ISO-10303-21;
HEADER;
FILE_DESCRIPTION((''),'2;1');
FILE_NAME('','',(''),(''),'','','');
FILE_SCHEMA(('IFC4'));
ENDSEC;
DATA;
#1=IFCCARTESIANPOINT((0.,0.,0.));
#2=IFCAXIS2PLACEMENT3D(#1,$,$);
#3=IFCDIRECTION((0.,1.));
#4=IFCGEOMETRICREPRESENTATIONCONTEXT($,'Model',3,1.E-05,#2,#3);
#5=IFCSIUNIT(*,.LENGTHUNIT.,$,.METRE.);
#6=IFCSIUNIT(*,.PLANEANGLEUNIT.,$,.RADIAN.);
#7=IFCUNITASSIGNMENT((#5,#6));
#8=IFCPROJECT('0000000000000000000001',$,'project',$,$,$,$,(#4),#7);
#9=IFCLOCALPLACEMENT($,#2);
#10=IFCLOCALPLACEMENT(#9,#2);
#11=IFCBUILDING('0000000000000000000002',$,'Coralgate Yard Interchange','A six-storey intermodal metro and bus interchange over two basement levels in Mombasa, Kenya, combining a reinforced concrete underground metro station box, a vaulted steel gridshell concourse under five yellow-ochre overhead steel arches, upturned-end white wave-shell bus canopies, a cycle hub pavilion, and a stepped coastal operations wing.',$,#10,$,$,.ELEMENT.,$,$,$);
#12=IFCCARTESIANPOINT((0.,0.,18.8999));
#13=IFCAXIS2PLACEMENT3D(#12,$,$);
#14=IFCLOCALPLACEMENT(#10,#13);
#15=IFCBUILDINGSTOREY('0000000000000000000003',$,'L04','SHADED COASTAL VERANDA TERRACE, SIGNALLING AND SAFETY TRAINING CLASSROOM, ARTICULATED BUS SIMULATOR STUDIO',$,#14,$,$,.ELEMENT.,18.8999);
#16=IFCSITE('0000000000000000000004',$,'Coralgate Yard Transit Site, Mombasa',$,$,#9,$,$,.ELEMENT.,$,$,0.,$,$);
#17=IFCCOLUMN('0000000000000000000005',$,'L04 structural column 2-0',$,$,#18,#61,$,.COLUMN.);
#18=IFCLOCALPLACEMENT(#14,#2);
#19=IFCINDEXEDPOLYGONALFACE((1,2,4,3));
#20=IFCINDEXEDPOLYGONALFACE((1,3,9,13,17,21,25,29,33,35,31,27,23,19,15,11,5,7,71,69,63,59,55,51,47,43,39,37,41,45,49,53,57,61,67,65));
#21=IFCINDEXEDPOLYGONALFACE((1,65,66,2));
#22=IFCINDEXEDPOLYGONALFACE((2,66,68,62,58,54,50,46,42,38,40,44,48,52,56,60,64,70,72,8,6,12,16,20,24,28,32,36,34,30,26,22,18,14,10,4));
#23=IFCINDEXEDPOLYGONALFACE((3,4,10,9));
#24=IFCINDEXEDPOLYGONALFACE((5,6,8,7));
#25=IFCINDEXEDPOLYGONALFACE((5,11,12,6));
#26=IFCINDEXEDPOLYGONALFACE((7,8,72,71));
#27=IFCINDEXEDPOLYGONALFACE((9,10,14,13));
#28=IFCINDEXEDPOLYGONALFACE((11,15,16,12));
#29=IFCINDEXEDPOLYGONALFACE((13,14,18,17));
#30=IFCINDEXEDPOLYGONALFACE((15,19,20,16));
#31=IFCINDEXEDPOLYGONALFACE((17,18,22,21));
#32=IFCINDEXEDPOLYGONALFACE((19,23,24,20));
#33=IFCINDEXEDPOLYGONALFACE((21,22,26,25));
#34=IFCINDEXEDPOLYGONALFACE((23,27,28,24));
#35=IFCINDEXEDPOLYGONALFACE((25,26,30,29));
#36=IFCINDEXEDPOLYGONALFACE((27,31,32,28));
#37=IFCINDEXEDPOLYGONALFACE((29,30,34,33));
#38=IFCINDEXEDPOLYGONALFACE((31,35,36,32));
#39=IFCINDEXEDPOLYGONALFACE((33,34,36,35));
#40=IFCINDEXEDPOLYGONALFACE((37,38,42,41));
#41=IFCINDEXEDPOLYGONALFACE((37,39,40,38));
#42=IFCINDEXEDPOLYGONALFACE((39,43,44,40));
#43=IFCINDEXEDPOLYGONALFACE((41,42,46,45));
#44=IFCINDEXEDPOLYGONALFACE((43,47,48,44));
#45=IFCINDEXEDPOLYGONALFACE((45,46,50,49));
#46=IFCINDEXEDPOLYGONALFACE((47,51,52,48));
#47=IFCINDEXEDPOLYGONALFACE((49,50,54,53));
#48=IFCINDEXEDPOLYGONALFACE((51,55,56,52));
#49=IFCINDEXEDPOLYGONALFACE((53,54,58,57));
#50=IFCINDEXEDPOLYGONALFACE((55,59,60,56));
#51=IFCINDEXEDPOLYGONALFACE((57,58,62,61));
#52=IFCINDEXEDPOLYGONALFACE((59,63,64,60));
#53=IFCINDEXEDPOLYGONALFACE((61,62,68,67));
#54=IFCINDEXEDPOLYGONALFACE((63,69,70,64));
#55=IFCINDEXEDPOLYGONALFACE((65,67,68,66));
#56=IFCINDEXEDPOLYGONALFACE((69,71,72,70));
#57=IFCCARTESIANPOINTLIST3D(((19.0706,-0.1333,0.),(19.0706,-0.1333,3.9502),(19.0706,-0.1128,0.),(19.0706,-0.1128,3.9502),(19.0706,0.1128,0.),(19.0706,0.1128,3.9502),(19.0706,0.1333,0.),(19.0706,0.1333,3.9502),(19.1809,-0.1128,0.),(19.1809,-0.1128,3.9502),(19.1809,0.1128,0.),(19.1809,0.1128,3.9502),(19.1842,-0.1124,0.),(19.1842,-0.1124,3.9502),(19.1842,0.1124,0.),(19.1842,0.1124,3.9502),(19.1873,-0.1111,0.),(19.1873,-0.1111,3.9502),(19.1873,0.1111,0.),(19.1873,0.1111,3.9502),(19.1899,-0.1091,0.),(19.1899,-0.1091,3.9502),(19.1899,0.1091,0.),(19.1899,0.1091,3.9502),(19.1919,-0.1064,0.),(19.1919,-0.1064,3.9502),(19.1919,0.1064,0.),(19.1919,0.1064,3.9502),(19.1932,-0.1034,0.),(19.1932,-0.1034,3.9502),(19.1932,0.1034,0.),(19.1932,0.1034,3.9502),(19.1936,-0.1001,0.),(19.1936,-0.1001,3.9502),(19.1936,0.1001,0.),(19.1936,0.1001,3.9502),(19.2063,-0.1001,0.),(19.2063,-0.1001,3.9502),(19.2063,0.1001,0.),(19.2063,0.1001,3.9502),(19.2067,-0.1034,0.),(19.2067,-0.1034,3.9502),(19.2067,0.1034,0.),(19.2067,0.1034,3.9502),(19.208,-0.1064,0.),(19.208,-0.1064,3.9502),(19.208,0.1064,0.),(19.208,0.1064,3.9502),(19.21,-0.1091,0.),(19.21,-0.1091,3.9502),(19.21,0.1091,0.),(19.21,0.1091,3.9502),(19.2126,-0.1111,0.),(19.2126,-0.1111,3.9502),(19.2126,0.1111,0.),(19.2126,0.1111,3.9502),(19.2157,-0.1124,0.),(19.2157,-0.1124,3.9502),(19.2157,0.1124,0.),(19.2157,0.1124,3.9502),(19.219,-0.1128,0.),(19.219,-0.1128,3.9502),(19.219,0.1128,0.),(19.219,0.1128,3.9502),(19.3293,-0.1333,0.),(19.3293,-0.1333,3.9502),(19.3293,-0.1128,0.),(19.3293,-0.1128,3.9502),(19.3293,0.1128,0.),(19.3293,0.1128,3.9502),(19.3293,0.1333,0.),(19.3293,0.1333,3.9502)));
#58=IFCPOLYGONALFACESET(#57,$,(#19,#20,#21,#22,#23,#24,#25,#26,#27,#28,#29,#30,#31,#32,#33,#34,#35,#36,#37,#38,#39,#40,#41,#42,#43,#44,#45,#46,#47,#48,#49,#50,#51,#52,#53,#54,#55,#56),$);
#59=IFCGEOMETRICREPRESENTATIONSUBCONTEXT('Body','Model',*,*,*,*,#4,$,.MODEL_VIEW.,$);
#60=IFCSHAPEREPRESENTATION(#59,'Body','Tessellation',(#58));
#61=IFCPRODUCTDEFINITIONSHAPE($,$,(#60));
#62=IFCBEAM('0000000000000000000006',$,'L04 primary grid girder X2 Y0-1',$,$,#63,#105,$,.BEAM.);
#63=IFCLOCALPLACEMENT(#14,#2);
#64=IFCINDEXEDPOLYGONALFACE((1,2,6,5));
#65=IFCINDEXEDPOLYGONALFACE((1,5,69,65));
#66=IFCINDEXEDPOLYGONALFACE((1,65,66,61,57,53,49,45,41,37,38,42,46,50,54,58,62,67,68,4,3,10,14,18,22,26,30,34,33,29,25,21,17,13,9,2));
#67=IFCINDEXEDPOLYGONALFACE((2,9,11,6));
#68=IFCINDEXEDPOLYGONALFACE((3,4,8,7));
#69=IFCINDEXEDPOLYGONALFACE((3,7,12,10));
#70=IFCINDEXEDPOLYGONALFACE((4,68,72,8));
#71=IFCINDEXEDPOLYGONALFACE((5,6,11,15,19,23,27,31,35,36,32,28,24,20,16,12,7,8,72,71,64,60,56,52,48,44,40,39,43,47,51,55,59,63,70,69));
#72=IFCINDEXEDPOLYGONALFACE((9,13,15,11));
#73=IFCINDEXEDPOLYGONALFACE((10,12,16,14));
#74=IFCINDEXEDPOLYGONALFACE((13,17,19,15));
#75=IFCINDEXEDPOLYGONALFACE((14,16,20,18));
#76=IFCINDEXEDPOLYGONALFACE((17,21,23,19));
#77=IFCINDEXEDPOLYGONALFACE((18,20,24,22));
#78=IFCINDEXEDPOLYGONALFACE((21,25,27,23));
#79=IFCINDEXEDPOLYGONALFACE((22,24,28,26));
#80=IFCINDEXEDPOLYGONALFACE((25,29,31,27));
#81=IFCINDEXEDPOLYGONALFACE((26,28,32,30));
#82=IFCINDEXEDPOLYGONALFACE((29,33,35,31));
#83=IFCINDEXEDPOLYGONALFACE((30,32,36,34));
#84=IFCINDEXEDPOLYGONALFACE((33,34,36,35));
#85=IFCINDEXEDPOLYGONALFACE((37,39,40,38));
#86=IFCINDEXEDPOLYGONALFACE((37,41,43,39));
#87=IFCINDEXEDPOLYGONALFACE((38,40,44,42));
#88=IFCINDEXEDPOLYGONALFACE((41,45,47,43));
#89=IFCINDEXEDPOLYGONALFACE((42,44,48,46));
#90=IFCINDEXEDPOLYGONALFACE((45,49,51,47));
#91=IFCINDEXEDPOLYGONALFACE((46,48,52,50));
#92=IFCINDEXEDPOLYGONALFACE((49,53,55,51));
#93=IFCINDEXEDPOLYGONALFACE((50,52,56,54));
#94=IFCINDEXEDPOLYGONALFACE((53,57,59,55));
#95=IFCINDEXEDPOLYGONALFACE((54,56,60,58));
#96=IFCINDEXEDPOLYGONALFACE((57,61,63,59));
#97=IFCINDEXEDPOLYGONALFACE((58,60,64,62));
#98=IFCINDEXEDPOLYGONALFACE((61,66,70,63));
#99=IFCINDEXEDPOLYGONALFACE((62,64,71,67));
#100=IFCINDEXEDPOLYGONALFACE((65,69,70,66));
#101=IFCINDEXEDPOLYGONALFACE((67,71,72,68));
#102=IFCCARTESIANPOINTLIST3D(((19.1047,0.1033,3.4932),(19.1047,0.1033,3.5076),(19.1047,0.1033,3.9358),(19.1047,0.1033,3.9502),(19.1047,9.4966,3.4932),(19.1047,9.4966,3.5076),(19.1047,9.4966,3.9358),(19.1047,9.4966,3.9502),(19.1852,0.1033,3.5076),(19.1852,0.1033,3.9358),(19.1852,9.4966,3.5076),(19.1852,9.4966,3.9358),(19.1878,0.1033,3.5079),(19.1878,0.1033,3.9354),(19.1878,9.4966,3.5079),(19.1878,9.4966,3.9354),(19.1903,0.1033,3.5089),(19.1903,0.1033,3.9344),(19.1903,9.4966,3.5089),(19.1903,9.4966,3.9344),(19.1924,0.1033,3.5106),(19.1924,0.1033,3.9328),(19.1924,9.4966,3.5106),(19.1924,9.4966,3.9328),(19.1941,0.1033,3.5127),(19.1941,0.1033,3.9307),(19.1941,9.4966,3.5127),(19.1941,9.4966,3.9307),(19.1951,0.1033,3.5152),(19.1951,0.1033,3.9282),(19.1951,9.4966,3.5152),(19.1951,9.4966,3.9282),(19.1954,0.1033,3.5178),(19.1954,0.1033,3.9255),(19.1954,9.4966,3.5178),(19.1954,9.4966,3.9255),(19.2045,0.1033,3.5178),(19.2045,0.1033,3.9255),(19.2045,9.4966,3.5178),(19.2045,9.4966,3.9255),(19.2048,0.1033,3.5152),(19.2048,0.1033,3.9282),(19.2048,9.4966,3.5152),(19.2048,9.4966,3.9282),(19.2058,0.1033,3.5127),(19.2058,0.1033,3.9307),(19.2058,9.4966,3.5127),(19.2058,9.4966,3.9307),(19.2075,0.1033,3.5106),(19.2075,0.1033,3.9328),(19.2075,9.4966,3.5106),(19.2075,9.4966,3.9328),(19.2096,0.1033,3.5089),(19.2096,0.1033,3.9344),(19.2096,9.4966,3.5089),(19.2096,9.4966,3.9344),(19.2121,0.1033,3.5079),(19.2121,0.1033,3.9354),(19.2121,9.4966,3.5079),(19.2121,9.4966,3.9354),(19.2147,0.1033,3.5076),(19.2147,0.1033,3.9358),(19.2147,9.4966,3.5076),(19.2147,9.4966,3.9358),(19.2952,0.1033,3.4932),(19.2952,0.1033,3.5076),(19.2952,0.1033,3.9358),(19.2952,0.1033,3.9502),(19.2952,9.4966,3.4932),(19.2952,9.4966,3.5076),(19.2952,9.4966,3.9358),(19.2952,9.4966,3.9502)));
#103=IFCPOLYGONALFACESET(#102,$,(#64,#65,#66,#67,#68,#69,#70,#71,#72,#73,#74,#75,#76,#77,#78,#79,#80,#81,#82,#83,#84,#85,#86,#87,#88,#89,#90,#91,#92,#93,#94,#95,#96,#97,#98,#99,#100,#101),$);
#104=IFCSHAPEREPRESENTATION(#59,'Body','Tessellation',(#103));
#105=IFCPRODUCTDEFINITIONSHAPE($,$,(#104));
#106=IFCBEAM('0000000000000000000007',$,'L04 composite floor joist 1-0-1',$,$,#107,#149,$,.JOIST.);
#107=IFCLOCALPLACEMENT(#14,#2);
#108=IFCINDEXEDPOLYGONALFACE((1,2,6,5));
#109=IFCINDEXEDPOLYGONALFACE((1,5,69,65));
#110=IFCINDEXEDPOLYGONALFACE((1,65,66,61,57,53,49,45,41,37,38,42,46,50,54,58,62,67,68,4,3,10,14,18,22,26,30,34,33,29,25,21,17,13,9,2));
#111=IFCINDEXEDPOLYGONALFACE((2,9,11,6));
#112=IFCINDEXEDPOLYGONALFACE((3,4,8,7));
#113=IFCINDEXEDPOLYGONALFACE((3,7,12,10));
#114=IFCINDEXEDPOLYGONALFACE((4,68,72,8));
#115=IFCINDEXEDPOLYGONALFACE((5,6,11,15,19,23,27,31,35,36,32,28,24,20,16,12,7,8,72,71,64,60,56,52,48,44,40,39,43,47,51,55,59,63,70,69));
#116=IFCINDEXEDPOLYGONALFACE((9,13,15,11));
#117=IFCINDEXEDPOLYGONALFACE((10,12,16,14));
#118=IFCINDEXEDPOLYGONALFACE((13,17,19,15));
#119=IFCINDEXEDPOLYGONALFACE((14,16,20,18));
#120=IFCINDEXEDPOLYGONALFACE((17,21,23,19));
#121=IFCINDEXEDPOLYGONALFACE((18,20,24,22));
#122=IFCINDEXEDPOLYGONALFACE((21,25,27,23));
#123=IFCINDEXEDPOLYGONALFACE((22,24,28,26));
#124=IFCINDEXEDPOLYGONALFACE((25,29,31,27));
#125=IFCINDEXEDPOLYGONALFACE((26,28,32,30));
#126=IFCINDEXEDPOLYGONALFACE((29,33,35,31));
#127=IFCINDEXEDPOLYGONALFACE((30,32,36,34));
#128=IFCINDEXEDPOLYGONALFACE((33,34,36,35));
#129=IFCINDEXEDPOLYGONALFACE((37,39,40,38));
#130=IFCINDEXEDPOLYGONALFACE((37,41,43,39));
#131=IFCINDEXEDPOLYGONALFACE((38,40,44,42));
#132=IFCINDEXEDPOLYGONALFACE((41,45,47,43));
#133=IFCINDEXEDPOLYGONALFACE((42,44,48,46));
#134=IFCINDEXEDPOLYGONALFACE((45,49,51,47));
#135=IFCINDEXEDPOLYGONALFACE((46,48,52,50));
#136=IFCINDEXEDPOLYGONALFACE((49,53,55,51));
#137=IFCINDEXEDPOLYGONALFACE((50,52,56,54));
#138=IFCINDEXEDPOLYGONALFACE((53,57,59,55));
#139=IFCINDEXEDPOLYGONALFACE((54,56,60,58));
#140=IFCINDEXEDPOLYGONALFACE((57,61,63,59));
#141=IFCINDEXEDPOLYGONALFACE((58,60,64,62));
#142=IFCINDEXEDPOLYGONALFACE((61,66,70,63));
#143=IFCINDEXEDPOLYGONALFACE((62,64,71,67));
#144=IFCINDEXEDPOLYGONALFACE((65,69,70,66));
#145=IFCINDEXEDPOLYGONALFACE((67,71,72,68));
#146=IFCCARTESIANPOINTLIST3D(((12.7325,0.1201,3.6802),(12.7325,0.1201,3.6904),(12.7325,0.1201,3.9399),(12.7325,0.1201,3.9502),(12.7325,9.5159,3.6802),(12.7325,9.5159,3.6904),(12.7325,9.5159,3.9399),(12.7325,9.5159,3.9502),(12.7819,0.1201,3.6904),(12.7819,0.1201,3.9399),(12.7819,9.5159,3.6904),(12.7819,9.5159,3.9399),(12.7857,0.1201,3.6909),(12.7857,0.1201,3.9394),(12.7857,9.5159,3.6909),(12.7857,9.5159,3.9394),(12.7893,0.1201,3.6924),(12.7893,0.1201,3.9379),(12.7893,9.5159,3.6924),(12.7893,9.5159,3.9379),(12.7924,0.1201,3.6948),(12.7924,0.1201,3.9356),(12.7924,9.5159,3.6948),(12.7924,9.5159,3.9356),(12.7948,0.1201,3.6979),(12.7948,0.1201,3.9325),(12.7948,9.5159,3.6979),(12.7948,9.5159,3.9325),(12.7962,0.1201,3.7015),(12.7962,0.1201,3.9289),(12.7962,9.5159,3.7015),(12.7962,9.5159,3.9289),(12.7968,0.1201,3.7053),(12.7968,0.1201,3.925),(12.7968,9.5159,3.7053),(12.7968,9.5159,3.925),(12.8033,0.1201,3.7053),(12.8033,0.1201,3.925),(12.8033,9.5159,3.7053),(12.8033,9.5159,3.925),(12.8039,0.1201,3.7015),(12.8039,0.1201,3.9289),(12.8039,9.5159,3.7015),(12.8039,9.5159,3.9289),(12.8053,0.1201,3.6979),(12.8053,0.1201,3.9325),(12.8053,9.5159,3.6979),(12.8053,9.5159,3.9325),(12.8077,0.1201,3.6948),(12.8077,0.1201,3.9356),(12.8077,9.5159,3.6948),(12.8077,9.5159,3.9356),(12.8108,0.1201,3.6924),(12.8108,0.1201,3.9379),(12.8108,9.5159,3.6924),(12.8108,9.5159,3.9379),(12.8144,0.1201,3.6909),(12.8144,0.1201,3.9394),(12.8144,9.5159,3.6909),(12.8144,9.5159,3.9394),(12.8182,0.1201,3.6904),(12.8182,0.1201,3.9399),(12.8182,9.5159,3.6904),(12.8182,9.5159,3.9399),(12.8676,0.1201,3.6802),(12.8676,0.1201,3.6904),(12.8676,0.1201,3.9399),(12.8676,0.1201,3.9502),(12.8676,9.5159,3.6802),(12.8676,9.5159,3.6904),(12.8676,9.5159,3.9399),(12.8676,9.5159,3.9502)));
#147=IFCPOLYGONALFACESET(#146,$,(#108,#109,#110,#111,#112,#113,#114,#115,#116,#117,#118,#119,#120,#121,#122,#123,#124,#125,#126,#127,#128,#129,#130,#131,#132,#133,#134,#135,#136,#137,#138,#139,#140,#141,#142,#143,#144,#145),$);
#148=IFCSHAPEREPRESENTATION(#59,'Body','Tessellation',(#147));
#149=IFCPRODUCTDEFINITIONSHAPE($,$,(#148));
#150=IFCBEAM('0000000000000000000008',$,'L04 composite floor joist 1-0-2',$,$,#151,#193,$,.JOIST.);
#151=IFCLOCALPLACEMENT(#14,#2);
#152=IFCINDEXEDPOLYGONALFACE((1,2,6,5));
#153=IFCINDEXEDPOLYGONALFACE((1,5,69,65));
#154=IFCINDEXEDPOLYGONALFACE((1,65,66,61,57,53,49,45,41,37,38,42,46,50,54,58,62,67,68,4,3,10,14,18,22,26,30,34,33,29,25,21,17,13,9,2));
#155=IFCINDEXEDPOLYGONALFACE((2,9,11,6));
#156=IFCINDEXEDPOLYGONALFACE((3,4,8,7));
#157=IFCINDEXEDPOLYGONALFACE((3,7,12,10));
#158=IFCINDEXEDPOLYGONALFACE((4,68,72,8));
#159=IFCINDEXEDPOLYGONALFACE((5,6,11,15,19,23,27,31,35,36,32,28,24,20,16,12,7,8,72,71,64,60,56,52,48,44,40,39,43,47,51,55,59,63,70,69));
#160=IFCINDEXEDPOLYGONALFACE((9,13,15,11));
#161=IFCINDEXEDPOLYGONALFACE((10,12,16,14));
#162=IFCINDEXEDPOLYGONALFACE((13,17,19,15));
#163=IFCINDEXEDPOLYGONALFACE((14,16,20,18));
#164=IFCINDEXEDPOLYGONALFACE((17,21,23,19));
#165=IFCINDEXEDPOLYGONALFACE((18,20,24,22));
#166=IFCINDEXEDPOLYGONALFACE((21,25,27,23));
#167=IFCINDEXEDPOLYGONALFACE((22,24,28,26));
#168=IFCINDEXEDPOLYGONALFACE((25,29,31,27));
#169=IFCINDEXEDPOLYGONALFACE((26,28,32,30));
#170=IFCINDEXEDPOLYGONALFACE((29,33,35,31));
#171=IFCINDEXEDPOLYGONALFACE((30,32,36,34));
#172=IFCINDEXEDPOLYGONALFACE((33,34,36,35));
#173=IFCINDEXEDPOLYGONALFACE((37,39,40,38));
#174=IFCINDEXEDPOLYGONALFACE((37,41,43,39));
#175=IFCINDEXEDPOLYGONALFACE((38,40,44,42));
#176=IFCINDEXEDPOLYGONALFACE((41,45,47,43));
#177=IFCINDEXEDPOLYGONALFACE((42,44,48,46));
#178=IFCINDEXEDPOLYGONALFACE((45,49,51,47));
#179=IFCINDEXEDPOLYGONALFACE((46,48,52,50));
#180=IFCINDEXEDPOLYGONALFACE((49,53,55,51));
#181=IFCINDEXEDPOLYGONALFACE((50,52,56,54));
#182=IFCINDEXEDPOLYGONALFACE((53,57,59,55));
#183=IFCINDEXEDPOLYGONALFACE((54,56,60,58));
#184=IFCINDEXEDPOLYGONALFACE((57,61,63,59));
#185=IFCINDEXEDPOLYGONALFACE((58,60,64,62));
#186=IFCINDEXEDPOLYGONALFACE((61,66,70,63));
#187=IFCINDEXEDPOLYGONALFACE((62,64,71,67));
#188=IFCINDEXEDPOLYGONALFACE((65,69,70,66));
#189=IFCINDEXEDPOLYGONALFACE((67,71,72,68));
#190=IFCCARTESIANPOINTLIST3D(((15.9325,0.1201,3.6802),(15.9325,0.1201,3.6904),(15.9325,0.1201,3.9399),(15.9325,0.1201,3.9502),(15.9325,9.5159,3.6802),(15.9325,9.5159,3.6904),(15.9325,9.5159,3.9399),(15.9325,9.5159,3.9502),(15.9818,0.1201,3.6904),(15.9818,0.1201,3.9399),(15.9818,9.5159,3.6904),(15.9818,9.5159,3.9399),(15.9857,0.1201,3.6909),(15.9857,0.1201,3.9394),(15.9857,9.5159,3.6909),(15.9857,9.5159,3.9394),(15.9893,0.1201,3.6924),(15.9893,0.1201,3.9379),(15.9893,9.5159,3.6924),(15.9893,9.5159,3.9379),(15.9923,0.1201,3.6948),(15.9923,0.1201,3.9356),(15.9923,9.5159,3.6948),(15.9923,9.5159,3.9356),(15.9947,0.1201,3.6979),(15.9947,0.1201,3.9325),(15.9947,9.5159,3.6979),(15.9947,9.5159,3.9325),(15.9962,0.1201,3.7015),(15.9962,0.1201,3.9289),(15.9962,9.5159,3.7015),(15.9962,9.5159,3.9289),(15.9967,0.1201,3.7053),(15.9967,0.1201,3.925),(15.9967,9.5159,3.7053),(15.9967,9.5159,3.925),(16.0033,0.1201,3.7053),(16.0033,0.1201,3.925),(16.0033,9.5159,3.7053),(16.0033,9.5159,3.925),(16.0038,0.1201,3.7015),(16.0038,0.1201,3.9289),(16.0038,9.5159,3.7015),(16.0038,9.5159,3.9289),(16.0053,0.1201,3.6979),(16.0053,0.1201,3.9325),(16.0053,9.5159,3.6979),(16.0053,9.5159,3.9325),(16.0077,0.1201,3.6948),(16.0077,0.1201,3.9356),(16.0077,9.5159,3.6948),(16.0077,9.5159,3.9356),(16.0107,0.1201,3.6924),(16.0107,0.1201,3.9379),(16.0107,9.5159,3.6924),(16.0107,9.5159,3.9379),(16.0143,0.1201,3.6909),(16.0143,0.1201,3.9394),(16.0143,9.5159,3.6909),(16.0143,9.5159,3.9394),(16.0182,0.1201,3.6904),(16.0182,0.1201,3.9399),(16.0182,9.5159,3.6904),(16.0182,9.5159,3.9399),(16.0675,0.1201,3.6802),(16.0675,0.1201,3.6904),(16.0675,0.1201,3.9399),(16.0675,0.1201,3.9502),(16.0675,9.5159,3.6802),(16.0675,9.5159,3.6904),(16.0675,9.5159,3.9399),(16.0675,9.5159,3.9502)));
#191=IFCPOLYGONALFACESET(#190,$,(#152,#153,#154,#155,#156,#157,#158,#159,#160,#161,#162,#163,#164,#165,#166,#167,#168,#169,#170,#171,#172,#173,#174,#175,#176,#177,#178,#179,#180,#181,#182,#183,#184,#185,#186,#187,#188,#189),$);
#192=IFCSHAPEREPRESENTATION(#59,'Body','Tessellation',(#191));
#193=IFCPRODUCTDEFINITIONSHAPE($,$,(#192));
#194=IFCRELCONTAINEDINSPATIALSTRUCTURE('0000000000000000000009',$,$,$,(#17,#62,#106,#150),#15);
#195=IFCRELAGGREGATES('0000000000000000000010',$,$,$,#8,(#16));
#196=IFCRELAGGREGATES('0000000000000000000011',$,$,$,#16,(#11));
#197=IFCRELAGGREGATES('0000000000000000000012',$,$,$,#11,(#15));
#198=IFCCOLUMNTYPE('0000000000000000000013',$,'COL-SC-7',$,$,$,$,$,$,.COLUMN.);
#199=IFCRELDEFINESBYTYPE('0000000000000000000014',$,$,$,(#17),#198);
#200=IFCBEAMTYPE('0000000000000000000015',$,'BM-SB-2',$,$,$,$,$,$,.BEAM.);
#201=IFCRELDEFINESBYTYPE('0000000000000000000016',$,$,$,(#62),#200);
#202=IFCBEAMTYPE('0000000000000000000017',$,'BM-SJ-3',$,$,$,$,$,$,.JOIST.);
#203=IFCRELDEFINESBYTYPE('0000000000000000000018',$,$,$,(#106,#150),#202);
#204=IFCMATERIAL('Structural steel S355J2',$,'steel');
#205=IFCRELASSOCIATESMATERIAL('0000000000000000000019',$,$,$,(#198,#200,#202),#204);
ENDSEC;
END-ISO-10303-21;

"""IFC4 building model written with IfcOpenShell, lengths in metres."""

from ifc_helpers import new_model, si_unit, direction, frame, origin, origin_2d, place, context, subcontext, project, spatial, i_section, extrude, material, material_profile, profile_set, type_object, element, save


model = new_model("IFC4")

# Units and contexts
model_context = context("Model", 3, precision=1e-05, world=origin(), true_north=direction((0.0, 1.0)))
body_context = subcontext(model_context, "Body", "Model", "MODEL_VIEW")
ifc_project = project(units=[si_unit("LENGTHUNIT", "METRE"), si_unit("PLANEANGLEUNIT", "RADIAN")], contexts=[model_context])

# Site, building, storey
site_placement = place(None, origin())
site = spatial("IfcSite", under=ifc_project, at=site_placement, Name="Coralgate Yard Transit Site, Mombasa", CompositionType="ELEMENT", RefElevation=0.0)
building_placement = place(site_placement, origin())
building = spatial("IfcBuilding", under=site, at=building_placement, Name="Coralgate Yard Interchange", Description="A six-storey intermodal metro and bus interchange over two basement levels in Mombasa, Kenya, combining a reinforced concrete underground metro station box, a vaulted steel gridshell concourse under five yellow-ochre overhead steel arches, upturned-end white wave-shell bus canopies, a cycle hub pavilion, and a stepped coastal operations wing.", CompositionType="ELEMENT")
storey_placement = place(building_placement, frame((0.0, 0.0, 18.8999)))
storey = spatial("IfcBuildingStorey", under=building, at=storey_placement, Name="L04", Description="SHADED COASTAL VERANDA TERRACE, SIGNALLING AND SAFETY TRAINING CLASSROOM, ARTICULATED BUS SIMULATOR STUDIO", CompositionType="ELEMENT", Elevation=18.8999)

# Column
ifc_material_1 = material(Name="Structural steel S355J2", Category="steel")
ifc_material_profile_1 = material_profile(ifc_material_1, i_section(OverallWidth=0.2588, OverallDepth=0.2666, WebThickness=0.0127, FlangeThickness=0.0205, FilletRadius=0.0127, at=origin_2d()), Name="UC 254x254x107")
ifc_profile_set_1 = profile_set([ifc_material_profile_1], Name="Structural steel S355J2")
column_type = type_object("IfcColumnType", Name="COL-SC-7", PredefinedType="COLUMN", material=ifc_profile_set_1)
column_placement = place(storey_placement, frame((19.2, 0.0, 0.0), z_axis=(0.0, 0.0, 1.0), x_axis=(1.0, 0.0, 0.0)))
element("IfcColumn", 1, at=column_placement, inside=storey, type_object=column_type, Name="L04 structural column 2-0", PredefinedType="COLUMN", context=body_context, shape_type="SweptSolid", body=[
    extrude(i_section(OverallWidth=0.2588, OverallDepth=0.2666, WebThickness=0.0127, FlangeThickness=0.0205, FilletRadius=0.0127, at=origin_2d()), origin(), (0.0, 0.0, 1.0), 3.9502),
])

# Beams
ifc_material_profile_2 = material_profile(ifc_material_1, i_section(OverallWidth=0.1904, OverallDepth=0.457, WebThickness=0.009, FlangeThickness=0.0144, FilletRadius=0.0103, at=origin_2d()), Name="UB 457x191x74")
ifc_profile_set_2 = profile_set([ifc_material_profile_2], Name="Structural steel S355J2")
beam_type_1 = type_object("IfcBeamType", Name="BM-SB-2", PredefinedType="BEAM", material=ifc_profile_set_2)
beam_1_placement = place(storey_placement, frame((19.2, 0.1033, 3.7217), z_axis=(0.0, 1.0, 0.0), x_axis=(-1.0, 0.0, 0.0)))
element("IfcBeam", 2, at=beam_1_placement, inside=storey, type_object=beam_type_1, Name="L04 primary grid girder X2 Y0-1", PredefinedType="BEAM", context=body_context, shape_type="SweptSolid", body=[
    extrude(i_section(OverallWidth=0.1904, OverallDepth=0.457, WebThickness=0.009, FlangeThickness=0.0144, FilletRadius=0.0103, at=origin_2d()), origin(), (0.0, 0.0, 1.0), 9.3933),
])
ifc_material_profile_3 = material_profile(ifc_material_1, i_section(OverallWidth=0.135, OverallDepth=0.27, WebThickness=0.0066, FlangeThickness=0.0103, FilletRadius=0.0149, at=origin_2d()), Name="IPE 270")
ifc_profile_set_3 = profile_set([ifc_material_profile_3], Name="Structural steel S355J2")
beam_type_2 = type_object("IfcBeamType", Name="BM-SJ-3", PredefinedType="JOIST", material=ifc_profile_set_3)
for number, where, z_axis, x_axis, name in (
    (3, (12.8, 0.1201, 3.8152), (0.0, 1.0, 0.0), (-1.0, 0.0, 0.0), "L04 composite floor joist 1-0-1"),
    (4, (16.0, 0.1201, 3.8152), (0.0, 1.0, 0.0), (-1.0, 0.0, 0.0), "L04 composite floor joist 1-0-2"),
):
    element("IfcBeam", number, at=place(storey_placement, frame(where, z_axis=z_axis, x_axis=x_axis)), inside=storey, type_object=beam_type_2, Name=name, PredefinedType="JOIST", context=body_context, shape_type="SweptSolid", body=[
        extrude(i_section(OverallWidth=0.135, OverallDepth=0.27, WebThickness=0.0066, FlangeThickness=0.0103, FilletRadius=0.0149, at=origin_2d()), origin(), (0.0, 0.0, 1.0), 9.3958),
    ])

save(model, "model.ifc")
